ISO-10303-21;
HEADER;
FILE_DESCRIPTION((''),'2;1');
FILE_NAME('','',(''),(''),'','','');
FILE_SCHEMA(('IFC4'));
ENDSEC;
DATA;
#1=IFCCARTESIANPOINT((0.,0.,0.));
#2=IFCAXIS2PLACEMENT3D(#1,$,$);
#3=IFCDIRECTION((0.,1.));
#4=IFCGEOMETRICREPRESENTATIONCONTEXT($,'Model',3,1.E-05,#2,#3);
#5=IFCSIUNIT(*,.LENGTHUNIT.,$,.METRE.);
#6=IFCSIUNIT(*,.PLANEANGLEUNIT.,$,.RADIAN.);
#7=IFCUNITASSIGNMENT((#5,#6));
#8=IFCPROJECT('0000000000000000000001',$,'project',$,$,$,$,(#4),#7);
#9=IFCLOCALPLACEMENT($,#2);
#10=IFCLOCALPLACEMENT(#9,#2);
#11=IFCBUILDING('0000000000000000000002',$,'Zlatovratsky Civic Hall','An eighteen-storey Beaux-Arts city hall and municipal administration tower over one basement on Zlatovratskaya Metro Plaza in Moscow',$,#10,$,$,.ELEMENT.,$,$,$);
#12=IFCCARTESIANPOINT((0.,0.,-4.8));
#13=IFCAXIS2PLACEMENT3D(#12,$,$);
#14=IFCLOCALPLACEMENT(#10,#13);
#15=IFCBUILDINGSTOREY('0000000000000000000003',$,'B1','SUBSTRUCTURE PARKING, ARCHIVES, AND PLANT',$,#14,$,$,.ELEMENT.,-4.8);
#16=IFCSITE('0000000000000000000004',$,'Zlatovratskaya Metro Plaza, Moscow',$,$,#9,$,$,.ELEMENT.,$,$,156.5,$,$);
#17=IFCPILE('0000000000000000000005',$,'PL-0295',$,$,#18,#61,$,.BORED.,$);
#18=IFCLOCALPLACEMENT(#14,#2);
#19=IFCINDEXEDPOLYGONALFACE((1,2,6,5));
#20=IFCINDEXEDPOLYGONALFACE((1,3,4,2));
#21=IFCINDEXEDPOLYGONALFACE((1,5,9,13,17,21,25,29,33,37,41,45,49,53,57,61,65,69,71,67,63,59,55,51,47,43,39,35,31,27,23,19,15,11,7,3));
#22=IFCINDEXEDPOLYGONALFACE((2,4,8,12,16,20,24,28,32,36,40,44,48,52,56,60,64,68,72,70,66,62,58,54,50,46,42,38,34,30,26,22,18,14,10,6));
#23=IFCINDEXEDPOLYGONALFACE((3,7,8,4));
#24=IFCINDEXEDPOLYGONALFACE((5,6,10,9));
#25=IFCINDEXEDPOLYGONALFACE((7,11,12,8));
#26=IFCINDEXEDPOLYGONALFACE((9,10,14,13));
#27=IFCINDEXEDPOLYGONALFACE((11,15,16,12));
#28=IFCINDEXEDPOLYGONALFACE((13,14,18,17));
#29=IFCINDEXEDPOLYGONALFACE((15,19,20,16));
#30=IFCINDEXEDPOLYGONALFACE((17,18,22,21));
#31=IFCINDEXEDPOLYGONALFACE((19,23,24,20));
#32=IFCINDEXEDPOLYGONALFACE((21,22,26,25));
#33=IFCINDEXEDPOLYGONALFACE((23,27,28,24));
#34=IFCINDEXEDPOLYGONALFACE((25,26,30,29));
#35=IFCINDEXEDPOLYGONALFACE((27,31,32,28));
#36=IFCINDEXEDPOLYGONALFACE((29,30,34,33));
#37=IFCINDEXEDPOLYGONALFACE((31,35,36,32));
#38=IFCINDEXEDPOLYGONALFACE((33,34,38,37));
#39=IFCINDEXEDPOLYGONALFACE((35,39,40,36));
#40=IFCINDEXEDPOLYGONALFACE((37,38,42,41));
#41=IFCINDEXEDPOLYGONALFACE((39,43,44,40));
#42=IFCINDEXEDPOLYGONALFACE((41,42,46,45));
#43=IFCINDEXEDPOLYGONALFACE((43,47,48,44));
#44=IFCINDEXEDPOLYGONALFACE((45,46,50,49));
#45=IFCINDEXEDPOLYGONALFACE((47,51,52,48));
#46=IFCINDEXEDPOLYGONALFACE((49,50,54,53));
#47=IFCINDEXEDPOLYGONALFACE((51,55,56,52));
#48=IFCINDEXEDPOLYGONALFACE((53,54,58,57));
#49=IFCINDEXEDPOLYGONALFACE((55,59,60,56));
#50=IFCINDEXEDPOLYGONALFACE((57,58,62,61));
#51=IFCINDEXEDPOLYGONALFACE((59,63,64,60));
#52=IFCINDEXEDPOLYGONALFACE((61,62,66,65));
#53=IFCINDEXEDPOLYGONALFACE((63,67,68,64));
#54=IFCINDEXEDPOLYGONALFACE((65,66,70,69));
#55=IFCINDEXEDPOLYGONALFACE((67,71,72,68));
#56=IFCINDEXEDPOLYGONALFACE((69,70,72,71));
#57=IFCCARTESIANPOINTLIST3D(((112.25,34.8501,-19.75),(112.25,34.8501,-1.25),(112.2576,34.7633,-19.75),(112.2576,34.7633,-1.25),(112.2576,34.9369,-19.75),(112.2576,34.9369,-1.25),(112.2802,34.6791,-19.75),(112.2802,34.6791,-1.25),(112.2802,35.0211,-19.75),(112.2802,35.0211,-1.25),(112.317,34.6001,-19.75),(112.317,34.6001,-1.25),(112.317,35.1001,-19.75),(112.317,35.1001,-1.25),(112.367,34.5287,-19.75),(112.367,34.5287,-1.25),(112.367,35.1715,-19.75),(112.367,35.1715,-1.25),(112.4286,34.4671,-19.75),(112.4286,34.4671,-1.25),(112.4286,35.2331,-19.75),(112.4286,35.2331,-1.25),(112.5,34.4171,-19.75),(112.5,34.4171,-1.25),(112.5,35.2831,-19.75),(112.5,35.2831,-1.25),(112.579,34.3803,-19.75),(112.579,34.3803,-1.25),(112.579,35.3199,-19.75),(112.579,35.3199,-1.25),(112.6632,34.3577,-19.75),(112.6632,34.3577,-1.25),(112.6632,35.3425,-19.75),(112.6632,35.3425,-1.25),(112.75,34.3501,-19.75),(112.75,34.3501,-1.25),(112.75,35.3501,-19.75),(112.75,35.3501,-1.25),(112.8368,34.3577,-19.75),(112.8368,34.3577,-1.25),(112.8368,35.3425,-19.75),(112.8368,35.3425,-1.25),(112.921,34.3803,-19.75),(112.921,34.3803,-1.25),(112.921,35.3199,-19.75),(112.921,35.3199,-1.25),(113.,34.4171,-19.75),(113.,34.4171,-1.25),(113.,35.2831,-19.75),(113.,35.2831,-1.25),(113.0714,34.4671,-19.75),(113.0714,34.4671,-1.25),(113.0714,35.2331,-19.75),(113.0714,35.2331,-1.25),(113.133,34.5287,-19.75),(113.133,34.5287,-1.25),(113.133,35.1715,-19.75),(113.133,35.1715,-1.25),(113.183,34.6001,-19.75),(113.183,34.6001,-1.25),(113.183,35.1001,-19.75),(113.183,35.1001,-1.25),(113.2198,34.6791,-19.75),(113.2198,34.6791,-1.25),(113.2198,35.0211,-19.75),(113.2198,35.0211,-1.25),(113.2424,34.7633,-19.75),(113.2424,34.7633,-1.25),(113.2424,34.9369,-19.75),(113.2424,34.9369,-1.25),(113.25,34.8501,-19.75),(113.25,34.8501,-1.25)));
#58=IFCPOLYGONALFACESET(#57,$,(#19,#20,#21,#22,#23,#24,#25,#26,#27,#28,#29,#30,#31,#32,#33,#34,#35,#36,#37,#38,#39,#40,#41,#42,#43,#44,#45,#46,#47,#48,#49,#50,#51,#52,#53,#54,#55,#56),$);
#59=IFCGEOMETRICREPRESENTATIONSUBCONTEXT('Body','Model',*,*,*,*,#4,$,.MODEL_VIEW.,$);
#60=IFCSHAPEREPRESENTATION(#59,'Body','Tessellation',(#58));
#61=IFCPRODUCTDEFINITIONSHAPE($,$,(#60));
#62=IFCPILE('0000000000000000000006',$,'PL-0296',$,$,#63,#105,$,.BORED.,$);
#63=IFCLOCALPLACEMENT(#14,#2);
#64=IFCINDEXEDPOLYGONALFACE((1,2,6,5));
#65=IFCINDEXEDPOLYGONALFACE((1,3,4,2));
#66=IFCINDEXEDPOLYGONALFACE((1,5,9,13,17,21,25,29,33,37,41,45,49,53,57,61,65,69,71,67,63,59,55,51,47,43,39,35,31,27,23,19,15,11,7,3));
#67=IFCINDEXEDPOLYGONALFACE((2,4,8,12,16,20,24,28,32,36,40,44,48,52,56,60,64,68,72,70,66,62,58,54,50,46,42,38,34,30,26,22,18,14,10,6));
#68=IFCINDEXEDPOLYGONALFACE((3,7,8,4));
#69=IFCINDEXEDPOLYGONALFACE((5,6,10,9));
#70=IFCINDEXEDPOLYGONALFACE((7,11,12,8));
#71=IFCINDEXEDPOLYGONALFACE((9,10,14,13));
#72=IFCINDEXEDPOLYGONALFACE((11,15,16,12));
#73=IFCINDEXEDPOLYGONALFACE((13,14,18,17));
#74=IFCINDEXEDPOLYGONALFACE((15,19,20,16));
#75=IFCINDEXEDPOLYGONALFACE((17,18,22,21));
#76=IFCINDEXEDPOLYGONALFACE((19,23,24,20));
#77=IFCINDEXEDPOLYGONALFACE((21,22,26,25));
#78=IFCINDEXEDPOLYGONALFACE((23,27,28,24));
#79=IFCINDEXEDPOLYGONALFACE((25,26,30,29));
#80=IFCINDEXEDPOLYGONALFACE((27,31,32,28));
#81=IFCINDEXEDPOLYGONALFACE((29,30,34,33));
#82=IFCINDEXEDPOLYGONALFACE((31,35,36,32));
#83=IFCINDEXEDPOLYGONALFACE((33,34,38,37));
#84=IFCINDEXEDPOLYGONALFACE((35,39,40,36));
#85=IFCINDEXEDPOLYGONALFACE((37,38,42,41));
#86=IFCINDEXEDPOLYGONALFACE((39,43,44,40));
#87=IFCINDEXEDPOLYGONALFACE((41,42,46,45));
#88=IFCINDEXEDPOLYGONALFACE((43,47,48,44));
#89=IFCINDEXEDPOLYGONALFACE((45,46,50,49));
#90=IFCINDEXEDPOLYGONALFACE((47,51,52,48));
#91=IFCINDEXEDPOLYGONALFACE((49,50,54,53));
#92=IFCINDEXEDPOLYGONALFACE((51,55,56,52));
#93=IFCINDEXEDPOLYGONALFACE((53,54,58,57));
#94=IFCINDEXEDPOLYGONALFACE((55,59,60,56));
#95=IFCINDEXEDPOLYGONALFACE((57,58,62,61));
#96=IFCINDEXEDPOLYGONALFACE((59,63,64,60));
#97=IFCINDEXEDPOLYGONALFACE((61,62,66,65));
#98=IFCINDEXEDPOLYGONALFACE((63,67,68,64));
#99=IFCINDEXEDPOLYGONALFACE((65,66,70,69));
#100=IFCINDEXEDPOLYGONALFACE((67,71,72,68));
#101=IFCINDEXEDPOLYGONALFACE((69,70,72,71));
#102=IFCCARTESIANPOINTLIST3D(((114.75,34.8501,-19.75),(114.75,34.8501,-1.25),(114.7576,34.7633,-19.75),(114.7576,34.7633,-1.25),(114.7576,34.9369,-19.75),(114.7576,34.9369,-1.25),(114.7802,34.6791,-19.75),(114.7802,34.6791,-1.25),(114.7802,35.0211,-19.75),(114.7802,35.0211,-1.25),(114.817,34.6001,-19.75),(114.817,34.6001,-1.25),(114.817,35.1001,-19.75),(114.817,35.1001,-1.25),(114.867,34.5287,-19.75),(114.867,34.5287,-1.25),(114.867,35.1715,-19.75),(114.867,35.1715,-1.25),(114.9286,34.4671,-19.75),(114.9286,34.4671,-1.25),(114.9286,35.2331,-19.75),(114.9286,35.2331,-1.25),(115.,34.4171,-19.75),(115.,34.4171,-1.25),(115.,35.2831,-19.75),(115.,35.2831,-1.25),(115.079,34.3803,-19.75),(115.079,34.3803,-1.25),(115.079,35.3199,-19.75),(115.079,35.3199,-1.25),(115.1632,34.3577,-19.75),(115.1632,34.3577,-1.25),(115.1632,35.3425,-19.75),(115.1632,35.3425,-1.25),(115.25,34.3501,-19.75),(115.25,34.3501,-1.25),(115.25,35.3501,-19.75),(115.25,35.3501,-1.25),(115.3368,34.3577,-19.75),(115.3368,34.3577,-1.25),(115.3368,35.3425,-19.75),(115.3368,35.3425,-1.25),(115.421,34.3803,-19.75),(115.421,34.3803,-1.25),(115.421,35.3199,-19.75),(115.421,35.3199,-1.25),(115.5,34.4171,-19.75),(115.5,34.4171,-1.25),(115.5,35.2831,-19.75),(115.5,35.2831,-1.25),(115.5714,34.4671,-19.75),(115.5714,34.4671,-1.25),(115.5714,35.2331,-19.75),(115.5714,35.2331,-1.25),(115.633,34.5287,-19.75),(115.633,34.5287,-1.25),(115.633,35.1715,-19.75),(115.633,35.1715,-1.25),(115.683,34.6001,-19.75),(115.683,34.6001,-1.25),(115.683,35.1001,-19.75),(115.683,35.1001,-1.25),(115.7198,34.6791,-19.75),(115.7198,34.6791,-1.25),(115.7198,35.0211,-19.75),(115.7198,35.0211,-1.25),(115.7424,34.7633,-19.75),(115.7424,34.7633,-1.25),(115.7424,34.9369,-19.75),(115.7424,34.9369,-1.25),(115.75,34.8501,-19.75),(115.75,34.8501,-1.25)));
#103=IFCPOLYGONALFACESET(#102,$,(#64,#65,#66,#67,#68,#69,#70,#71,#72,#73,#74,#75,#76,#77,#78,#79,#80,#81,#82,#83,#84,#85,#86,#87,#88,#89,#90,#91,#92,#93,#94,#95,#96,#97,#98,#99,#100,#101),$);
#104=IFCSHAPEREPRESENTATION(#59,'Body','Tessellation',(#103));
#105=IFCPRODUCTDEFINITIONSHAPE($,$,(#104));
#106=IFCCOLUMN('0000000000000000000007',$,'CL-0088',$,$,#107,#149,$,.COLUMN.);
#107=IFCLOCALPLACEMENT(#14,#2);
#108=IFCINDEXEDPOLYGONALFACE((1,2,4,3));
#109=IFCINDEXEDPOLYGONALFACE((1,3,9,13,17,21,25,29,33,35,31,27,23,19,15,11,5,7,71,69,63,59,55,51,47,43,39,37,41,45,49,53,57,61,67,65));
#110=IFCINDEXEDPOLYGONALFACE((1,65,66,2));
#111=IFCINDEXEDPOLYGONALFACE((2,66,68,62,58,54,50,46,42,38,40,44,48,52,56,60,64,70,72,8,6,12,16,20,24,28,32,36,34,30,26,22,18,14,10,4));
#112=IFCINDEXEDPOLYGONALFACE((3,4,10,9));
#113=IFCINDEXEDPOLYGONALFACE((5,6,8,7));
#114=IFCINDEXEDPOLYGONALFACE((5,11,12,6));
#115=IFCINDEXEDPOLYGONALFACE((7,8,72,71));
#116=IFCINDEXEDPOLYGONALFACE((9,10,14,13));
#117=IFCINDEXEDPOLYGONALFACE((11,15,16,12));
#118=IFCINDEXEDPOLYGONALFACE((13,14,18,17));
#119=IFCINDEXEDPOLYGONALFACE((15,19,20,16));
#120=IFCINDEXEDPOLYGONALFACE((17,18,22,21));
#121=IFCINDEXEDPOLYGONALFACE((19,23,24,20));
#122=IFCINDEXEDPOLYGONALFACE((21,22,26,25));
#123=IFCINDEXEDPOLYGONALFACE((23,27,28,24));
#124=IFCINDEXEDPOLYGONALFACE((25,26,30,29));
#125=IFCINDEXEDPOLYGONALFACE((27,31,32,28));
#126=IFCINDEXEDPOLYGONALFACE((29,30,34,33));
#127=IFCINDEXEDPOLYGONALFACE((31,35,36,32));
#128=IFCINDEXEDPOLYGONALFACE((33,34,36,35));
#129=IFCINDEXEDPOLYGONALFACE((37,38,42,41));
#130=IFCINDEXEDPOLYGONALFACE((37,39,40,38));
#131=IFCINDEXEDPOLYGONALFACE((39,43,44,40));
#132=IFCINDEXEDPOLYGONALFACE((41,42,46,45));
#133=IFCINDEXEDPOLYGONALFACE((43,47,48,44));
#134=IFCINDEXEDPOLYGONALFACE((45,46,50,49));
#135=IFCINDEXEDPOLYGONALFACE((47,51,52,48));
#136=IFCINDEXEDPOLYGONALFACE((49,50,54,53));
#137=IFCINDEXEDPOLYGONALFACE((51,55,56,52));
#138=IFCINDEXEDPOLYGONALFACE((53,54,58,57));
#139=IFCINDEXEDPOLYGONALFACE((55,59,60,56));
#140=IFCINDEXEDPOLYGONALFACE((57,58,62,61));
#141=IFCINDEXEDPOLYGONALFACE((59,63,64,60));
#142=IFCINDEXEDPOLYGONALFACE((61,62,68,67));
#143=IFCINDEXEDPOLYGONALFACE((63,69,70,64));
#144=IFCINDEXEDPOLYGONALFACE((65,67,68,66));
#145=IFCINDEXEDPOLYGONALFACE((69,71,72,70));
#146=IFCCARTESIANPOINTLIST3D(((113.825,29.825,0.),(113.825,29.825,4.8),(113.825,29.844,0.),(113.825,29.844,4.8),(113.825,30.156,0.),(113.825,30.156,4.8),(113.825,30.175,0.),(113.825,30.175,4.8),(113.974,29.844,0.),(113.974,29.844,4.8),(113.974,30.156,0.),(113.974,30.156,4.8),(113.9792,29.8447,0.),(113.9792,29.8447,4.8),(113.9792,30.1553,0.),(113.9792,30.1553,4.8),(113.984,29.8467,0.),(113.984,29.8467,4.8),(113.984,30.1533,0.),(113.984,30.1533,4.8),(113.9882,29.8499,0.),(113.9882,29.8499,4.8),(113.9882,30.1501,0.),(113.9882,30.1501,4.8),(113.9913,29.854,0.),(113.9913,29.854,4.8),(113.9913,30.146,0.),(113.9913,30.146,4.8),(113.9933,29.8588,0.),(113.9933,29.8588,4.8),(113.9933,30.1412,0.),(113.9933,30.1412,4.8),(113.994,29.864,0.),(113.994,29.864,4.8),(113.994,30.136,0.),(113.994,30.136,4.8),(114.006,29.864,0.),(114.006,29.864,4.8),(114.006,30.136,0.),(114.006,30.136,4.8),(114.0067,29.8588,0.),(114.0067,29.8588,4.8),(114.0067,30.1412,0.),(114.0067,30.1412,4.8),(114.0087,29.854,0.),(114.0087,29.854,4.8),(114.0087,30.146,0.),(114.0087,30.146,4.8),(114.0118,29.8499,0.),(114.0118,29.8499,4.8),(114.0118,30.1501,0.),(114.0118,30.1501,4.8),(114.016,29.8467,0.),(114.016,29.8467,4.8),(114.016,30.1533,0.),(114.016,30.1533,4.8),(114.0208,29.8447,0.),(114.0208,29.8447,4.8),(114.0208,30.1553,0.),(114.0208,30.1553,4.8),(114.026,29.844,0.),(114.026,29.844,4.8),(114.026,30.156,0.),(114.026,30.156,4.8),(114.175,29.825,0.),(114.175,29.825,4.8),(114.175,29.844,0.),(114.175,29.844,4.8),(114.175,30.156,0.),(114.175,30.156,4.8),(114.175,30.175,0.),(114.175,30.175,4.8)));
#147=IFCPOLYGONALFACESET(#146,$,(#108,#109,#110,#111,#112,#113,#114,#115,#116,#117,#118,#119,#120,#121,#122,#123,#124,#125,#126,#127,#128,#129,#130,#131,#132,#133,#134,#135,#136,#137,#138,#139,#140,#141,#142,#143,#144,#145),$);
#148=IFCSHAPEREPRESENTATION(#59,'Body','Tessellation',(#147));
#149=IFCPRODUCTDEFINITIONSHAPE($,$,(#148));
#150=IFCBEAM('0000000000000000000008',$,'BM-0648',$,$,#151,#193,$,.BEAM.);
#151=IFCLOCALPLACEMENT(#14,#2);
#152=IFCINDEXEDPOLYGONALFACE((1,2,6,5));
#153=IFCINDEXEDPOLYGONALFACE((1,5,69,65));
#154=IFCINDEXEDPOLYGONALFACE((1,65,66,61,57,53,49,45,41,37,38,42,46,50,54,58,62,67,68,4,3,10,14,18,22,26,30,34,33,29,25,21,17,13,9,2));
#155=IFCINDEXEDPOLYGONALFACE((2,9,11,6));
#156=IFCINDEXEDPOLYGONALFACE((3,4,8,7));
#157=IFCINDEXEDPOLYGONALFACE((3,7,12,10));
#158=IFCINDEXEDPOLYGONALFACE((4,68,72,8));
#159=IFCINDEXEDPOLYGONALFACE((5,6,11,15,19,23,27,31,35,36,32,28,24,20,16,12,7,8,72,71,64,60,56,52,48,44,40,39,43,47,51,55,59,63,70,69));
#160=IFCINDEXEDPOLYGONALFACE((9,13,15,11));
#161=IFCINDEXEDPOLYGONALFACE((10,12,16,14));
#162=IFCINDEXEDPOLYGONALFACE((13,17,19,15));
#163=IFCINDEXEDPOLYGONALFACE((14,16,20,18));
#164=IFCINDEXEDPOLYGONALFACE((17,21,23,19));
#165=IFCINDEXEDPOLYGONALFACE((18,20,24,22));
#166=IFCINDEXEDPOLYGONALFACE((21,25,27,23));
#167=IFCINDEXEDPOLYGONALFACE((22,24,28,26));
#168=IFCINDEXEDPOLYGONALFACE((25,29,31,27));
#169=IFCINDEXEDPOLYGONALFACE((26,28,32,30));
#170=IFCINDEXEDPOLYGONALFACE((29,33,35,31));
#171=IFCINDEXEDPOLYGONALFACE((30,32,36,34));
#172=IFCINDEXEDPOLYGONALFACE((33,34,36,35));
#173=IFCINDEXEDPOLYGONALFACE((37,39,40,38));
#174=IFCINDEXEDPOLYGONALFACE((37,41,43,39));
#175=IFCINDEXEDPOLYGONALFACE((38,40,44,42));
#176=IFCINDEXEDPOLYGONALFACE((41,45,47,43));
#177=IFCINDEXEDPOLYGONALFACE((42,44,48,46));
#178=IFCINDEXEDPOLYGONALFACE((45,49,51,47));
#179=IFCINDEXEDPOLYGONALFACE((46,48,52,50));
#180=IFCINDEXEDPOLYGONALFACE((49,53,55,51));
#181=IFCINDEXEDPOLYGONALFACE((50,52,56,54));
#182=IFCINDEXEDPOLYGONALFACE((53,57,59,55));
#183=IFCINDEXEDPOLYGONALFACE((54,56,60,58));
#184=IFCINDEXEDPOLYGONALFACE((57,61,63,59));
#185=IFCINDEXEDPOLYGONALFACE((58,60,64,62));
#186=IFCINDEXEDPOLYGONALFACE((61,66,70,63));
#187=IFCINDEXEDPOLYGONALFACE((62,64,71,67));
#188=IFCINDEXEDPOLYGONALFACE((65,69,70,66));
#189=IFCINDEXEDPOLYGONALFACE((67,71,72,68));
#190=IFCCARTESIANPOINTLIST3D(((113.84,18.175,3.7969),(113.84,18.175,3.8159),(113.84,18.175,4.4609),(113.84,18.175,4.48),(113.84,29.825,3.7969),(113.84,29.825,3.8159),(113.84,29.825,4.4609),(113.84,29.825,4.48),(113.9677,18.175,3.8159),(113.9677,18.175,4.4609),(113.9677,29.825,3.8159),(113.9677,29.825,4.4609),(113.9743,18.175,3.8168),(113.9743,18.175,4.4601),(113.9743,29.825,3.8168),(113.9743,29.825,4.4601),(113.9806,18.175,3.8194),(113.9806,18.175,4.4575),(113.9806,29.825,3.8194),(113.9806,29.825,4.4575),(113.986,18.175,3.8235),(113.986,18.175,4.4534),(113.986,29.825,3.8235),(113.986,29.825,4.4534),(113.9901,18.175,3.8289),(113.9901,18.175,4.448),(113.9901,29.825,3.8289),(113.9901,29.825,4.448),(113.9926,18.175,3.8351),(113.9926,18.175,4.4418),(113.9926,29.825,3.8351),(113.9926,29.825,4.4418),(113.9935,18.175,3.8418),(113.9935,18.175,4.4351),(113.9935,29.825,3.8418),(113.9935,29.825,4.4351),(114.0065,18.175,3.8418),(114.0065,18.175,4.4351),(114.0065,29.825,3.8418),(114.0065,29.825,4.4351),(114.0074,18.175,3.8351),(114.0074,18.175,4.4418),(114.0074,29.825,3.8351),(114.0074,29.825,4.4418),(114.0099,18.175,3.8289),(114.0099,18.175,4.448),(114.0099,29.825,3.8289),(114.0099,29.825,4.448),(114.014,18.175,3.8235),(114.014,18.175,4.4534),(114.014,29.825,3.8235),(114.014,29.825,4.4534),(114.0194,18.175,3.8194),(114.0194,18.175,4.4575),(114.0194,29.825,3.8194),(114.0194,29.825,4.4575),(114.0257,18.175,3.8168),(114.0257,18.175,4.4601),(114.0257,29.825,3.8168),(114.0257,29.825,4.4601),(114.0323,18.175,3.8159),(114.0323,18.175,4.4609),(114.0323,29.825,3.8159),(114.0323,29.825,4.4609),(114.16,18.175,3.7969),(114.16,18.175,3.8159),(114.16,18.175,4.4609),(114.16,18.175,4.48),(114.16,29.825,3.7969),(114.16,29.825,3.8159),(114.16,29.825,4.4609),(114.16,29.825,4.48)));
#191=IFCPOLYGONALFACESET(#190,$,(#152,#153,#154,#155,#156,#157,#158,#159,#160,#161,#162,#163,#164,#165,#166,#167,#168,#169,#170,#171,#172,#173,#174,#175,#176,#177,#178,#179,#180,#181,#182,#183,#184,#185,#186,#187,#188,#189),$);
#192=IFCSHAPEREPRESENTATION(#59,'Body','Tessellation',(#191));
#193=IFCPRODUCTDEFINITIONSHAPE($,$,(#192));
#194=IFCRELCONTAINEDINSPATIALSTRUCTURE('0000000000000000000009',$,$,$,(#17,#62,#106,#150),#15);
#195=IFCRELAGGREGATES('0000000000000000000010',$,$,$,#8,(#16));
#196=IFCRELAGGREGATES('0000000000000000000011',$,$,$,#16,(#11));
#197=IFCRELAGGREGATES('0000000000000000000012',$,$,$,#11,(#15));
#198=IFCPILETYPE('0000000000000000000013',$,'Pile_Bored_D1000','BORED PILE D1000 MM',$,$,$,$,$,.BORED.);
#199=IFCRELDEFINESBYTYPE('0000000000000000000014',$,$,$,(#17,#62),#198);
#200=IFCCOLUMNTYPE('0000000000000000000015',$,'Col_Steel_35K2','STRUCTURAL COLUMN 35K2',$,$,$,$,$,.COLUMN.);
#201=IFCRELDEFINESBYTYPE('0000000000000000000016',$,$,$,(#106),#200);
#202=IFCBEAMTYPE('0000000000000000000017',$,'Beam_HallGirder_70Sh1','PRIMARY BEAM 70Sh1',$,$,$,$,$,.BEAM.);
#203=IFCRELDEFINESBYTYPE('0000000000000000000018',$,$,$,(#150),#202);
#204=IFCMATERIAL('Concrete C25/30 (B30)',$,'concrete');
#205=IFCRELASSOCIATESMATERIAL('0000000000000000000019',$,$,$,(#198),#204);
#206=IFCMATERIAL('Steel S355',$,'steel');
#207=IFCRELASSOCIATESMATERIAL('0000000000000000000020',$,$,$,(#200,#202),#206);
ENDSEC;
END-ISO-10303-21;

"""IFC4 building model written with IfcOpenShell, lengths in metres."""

from ifc_helpers import new_model, si_unit, direction, frame, origin, origin_2d, place, context, subcontext, project, spatial, circle, i_section, extrude, material, material_profile, profile_set, type_object, element, save


model = new_model("IFC4")

# Units and contexts
model_context = context("Model", 3, precision=1e-05, world=origin(), true_north=direction((0.0, 1.0)))
body_context = subcontext(model_context, "Body", "Model", "MODEL_VIEW")
ifc_project = project(units=[si_unit("LENGTHUNIT", "METRE"), si_unit("PLANEANGLEUNIT", "RADIAN")], contexts=[model_context])

# Site, building, storey
site_placement = place(None, origin())
site = spatial("IfcSite", under=ifc_project, at=site_placement, Name="Zlatovratskaya Metro Plaza, Moscow", CompositionType="ELEMENT", RefElevation=156.5)
building_placement = place(site_placement, origin())
building = spatial("IfcBuilding", under=site, at=building_placement, Name="Zlatovratsky Civic Hall", Description="An eighteen-storey Beaux-Arts city hall and municipal administration tower over one basement on Zlatovratskaya Metro Plaza in Moscow", CompositionType="ELEMENT")
storey_placement = place(building_placement, frame((0.0, 0.0, -4.8)))
storey = spatial("IfcBuildingStorey", under=building, at=storey_placement, Name="B1", Description="SUBSTRUCTURE PARKING, ARCHIVES, AND PLANT", CompositionType="ELEMENT", Elevation=-4.8)

# Shared definitions
ifc_material_1 = material(Name="Concrete C25/30 (B30)", Category="concrete")

# Piles
ifc_material_profile_1 = material_profile(ifc_material_1, circle(Radius=0.5, at=origin_2d()), Name="PILE D1000")
ifc_profile_set_1 = profile_set([ifc_material_profile_1], Name="Concrete C25/30 (B30)")
pile_type = type_object("IfcPileType", Name="Pile_Bored_D1000", Description="BORED PILE D1000 MM", PredefinedType="BORED", material=ifc_profile_set_1)
for number, where, z_axis, x_axis, name in (
    (1, (112.75, 34.8501, -1.25), (0.0, 0.0, -1.0), (1.0, 0.0, 0.0), "PL-0295"),
    (2, (115.25, 34.8501, -1.25), (0.0, 0.0, -1.0), (1.0, 0.0, 0.0), "PL-0296"),
):
    element("IfcPile", number, at=place(storey_placement, frame(where, z_axis=z_axis, x_axis=x_axis)), inside=storey, type_object=pile_type, Name=name, PredefinedType="BORED", context=body_context, shape_type="SweptSolid", body=[
        extrude(circle(Radius=0.5, at=origin_2d()), origin(), (0.0, 0.0, 1.0), 18.5),
    ])

# Column
ifc_material_2 = material(Name="Steel S355", Category="steel")
ifc_material_profile_2 = material_profile(ifc_material_2, i_section(OverallWidth=0.3501, OverallDepth=0.3501, WebThickness=0.012, FlangeThickness=0.019, FilletRadius=0.02, at=origin_2d()), Name="35K2")
ifc_profile_set_2 = profile_set([ifc_material_profile_2], Name="Steel S355")
column_type = type_object("IfcColumnType", Name="Col_Steel_35K2", Description="STRUCTURAL COLUMN 35K2", PredefinedType="COLUMN", material=ifc_profile_set_2)
column_placement = place(storey_placement, frame((114.0, 30.0, 0.0), z_axis=(0.0, 0.0, 1.0), x_axis=(1.0, 0.0, 0.0)))
element("IfcColumn", 3, at=column_placement, inside=storey, type_object=column_type, Name="CL-0088", PredefinedType="COLUMN", context=body_context, shape_type="SweptSolid", body=[
    extrude(i_section(OverallWidth=0.3501, OverallDepth=0.3501, WebThickness=0.012, FlangeThickness=0.019, FilletRadius=0.02, at=origin_2d()), origin(), (0.0, 0.0, 1.0), 4.8),
])

# Beam
ifc_material_profile_3 = material_profile(ifc_material_2, i_section(OverallWidth=0.3201, OverallDepth=0.6831, WebThickness=0.0129, FlangeThickness=0.019, FilletRadius=0.0259, at=origin_2d()), Name="70Sh1")
ifc_profile_set_3 = profile_set([ifc_material_profile_3], Name="Steel S355")
beam_type_1 = type_object("IfcBeamType", Name="Beam_HallGirder_70Sh1", Description="PRIMARY BEAM 70Sh1", PredefinedType="BEAM", material=ifc_profile_set_3)
beam_placement = place(storey_placement, frame((114.0, 18.175, 4.1384), z_axis=(0.0, 1.0, 0.0), x_axis=(-1.0, 0.0, 0.0)))
element("IfcBeam", 4, at=beam_placement, inside=storey, type_object=beam_type_1, Name="BM-0648", PredefinedType="BEAM", context=body_context, shape_type="SweptSolid", body=[
    extrude(i_section(OverallWidth=0.3201, OverallDepth=0.6831, WebThickness=0.0129, FlangeThickness=0.019, FilletRadius=0.0259, at=origin_2d()), origin(), (0.0, 0.0, 1.0), 11.6499),
])

save(model, "model.ifc")
